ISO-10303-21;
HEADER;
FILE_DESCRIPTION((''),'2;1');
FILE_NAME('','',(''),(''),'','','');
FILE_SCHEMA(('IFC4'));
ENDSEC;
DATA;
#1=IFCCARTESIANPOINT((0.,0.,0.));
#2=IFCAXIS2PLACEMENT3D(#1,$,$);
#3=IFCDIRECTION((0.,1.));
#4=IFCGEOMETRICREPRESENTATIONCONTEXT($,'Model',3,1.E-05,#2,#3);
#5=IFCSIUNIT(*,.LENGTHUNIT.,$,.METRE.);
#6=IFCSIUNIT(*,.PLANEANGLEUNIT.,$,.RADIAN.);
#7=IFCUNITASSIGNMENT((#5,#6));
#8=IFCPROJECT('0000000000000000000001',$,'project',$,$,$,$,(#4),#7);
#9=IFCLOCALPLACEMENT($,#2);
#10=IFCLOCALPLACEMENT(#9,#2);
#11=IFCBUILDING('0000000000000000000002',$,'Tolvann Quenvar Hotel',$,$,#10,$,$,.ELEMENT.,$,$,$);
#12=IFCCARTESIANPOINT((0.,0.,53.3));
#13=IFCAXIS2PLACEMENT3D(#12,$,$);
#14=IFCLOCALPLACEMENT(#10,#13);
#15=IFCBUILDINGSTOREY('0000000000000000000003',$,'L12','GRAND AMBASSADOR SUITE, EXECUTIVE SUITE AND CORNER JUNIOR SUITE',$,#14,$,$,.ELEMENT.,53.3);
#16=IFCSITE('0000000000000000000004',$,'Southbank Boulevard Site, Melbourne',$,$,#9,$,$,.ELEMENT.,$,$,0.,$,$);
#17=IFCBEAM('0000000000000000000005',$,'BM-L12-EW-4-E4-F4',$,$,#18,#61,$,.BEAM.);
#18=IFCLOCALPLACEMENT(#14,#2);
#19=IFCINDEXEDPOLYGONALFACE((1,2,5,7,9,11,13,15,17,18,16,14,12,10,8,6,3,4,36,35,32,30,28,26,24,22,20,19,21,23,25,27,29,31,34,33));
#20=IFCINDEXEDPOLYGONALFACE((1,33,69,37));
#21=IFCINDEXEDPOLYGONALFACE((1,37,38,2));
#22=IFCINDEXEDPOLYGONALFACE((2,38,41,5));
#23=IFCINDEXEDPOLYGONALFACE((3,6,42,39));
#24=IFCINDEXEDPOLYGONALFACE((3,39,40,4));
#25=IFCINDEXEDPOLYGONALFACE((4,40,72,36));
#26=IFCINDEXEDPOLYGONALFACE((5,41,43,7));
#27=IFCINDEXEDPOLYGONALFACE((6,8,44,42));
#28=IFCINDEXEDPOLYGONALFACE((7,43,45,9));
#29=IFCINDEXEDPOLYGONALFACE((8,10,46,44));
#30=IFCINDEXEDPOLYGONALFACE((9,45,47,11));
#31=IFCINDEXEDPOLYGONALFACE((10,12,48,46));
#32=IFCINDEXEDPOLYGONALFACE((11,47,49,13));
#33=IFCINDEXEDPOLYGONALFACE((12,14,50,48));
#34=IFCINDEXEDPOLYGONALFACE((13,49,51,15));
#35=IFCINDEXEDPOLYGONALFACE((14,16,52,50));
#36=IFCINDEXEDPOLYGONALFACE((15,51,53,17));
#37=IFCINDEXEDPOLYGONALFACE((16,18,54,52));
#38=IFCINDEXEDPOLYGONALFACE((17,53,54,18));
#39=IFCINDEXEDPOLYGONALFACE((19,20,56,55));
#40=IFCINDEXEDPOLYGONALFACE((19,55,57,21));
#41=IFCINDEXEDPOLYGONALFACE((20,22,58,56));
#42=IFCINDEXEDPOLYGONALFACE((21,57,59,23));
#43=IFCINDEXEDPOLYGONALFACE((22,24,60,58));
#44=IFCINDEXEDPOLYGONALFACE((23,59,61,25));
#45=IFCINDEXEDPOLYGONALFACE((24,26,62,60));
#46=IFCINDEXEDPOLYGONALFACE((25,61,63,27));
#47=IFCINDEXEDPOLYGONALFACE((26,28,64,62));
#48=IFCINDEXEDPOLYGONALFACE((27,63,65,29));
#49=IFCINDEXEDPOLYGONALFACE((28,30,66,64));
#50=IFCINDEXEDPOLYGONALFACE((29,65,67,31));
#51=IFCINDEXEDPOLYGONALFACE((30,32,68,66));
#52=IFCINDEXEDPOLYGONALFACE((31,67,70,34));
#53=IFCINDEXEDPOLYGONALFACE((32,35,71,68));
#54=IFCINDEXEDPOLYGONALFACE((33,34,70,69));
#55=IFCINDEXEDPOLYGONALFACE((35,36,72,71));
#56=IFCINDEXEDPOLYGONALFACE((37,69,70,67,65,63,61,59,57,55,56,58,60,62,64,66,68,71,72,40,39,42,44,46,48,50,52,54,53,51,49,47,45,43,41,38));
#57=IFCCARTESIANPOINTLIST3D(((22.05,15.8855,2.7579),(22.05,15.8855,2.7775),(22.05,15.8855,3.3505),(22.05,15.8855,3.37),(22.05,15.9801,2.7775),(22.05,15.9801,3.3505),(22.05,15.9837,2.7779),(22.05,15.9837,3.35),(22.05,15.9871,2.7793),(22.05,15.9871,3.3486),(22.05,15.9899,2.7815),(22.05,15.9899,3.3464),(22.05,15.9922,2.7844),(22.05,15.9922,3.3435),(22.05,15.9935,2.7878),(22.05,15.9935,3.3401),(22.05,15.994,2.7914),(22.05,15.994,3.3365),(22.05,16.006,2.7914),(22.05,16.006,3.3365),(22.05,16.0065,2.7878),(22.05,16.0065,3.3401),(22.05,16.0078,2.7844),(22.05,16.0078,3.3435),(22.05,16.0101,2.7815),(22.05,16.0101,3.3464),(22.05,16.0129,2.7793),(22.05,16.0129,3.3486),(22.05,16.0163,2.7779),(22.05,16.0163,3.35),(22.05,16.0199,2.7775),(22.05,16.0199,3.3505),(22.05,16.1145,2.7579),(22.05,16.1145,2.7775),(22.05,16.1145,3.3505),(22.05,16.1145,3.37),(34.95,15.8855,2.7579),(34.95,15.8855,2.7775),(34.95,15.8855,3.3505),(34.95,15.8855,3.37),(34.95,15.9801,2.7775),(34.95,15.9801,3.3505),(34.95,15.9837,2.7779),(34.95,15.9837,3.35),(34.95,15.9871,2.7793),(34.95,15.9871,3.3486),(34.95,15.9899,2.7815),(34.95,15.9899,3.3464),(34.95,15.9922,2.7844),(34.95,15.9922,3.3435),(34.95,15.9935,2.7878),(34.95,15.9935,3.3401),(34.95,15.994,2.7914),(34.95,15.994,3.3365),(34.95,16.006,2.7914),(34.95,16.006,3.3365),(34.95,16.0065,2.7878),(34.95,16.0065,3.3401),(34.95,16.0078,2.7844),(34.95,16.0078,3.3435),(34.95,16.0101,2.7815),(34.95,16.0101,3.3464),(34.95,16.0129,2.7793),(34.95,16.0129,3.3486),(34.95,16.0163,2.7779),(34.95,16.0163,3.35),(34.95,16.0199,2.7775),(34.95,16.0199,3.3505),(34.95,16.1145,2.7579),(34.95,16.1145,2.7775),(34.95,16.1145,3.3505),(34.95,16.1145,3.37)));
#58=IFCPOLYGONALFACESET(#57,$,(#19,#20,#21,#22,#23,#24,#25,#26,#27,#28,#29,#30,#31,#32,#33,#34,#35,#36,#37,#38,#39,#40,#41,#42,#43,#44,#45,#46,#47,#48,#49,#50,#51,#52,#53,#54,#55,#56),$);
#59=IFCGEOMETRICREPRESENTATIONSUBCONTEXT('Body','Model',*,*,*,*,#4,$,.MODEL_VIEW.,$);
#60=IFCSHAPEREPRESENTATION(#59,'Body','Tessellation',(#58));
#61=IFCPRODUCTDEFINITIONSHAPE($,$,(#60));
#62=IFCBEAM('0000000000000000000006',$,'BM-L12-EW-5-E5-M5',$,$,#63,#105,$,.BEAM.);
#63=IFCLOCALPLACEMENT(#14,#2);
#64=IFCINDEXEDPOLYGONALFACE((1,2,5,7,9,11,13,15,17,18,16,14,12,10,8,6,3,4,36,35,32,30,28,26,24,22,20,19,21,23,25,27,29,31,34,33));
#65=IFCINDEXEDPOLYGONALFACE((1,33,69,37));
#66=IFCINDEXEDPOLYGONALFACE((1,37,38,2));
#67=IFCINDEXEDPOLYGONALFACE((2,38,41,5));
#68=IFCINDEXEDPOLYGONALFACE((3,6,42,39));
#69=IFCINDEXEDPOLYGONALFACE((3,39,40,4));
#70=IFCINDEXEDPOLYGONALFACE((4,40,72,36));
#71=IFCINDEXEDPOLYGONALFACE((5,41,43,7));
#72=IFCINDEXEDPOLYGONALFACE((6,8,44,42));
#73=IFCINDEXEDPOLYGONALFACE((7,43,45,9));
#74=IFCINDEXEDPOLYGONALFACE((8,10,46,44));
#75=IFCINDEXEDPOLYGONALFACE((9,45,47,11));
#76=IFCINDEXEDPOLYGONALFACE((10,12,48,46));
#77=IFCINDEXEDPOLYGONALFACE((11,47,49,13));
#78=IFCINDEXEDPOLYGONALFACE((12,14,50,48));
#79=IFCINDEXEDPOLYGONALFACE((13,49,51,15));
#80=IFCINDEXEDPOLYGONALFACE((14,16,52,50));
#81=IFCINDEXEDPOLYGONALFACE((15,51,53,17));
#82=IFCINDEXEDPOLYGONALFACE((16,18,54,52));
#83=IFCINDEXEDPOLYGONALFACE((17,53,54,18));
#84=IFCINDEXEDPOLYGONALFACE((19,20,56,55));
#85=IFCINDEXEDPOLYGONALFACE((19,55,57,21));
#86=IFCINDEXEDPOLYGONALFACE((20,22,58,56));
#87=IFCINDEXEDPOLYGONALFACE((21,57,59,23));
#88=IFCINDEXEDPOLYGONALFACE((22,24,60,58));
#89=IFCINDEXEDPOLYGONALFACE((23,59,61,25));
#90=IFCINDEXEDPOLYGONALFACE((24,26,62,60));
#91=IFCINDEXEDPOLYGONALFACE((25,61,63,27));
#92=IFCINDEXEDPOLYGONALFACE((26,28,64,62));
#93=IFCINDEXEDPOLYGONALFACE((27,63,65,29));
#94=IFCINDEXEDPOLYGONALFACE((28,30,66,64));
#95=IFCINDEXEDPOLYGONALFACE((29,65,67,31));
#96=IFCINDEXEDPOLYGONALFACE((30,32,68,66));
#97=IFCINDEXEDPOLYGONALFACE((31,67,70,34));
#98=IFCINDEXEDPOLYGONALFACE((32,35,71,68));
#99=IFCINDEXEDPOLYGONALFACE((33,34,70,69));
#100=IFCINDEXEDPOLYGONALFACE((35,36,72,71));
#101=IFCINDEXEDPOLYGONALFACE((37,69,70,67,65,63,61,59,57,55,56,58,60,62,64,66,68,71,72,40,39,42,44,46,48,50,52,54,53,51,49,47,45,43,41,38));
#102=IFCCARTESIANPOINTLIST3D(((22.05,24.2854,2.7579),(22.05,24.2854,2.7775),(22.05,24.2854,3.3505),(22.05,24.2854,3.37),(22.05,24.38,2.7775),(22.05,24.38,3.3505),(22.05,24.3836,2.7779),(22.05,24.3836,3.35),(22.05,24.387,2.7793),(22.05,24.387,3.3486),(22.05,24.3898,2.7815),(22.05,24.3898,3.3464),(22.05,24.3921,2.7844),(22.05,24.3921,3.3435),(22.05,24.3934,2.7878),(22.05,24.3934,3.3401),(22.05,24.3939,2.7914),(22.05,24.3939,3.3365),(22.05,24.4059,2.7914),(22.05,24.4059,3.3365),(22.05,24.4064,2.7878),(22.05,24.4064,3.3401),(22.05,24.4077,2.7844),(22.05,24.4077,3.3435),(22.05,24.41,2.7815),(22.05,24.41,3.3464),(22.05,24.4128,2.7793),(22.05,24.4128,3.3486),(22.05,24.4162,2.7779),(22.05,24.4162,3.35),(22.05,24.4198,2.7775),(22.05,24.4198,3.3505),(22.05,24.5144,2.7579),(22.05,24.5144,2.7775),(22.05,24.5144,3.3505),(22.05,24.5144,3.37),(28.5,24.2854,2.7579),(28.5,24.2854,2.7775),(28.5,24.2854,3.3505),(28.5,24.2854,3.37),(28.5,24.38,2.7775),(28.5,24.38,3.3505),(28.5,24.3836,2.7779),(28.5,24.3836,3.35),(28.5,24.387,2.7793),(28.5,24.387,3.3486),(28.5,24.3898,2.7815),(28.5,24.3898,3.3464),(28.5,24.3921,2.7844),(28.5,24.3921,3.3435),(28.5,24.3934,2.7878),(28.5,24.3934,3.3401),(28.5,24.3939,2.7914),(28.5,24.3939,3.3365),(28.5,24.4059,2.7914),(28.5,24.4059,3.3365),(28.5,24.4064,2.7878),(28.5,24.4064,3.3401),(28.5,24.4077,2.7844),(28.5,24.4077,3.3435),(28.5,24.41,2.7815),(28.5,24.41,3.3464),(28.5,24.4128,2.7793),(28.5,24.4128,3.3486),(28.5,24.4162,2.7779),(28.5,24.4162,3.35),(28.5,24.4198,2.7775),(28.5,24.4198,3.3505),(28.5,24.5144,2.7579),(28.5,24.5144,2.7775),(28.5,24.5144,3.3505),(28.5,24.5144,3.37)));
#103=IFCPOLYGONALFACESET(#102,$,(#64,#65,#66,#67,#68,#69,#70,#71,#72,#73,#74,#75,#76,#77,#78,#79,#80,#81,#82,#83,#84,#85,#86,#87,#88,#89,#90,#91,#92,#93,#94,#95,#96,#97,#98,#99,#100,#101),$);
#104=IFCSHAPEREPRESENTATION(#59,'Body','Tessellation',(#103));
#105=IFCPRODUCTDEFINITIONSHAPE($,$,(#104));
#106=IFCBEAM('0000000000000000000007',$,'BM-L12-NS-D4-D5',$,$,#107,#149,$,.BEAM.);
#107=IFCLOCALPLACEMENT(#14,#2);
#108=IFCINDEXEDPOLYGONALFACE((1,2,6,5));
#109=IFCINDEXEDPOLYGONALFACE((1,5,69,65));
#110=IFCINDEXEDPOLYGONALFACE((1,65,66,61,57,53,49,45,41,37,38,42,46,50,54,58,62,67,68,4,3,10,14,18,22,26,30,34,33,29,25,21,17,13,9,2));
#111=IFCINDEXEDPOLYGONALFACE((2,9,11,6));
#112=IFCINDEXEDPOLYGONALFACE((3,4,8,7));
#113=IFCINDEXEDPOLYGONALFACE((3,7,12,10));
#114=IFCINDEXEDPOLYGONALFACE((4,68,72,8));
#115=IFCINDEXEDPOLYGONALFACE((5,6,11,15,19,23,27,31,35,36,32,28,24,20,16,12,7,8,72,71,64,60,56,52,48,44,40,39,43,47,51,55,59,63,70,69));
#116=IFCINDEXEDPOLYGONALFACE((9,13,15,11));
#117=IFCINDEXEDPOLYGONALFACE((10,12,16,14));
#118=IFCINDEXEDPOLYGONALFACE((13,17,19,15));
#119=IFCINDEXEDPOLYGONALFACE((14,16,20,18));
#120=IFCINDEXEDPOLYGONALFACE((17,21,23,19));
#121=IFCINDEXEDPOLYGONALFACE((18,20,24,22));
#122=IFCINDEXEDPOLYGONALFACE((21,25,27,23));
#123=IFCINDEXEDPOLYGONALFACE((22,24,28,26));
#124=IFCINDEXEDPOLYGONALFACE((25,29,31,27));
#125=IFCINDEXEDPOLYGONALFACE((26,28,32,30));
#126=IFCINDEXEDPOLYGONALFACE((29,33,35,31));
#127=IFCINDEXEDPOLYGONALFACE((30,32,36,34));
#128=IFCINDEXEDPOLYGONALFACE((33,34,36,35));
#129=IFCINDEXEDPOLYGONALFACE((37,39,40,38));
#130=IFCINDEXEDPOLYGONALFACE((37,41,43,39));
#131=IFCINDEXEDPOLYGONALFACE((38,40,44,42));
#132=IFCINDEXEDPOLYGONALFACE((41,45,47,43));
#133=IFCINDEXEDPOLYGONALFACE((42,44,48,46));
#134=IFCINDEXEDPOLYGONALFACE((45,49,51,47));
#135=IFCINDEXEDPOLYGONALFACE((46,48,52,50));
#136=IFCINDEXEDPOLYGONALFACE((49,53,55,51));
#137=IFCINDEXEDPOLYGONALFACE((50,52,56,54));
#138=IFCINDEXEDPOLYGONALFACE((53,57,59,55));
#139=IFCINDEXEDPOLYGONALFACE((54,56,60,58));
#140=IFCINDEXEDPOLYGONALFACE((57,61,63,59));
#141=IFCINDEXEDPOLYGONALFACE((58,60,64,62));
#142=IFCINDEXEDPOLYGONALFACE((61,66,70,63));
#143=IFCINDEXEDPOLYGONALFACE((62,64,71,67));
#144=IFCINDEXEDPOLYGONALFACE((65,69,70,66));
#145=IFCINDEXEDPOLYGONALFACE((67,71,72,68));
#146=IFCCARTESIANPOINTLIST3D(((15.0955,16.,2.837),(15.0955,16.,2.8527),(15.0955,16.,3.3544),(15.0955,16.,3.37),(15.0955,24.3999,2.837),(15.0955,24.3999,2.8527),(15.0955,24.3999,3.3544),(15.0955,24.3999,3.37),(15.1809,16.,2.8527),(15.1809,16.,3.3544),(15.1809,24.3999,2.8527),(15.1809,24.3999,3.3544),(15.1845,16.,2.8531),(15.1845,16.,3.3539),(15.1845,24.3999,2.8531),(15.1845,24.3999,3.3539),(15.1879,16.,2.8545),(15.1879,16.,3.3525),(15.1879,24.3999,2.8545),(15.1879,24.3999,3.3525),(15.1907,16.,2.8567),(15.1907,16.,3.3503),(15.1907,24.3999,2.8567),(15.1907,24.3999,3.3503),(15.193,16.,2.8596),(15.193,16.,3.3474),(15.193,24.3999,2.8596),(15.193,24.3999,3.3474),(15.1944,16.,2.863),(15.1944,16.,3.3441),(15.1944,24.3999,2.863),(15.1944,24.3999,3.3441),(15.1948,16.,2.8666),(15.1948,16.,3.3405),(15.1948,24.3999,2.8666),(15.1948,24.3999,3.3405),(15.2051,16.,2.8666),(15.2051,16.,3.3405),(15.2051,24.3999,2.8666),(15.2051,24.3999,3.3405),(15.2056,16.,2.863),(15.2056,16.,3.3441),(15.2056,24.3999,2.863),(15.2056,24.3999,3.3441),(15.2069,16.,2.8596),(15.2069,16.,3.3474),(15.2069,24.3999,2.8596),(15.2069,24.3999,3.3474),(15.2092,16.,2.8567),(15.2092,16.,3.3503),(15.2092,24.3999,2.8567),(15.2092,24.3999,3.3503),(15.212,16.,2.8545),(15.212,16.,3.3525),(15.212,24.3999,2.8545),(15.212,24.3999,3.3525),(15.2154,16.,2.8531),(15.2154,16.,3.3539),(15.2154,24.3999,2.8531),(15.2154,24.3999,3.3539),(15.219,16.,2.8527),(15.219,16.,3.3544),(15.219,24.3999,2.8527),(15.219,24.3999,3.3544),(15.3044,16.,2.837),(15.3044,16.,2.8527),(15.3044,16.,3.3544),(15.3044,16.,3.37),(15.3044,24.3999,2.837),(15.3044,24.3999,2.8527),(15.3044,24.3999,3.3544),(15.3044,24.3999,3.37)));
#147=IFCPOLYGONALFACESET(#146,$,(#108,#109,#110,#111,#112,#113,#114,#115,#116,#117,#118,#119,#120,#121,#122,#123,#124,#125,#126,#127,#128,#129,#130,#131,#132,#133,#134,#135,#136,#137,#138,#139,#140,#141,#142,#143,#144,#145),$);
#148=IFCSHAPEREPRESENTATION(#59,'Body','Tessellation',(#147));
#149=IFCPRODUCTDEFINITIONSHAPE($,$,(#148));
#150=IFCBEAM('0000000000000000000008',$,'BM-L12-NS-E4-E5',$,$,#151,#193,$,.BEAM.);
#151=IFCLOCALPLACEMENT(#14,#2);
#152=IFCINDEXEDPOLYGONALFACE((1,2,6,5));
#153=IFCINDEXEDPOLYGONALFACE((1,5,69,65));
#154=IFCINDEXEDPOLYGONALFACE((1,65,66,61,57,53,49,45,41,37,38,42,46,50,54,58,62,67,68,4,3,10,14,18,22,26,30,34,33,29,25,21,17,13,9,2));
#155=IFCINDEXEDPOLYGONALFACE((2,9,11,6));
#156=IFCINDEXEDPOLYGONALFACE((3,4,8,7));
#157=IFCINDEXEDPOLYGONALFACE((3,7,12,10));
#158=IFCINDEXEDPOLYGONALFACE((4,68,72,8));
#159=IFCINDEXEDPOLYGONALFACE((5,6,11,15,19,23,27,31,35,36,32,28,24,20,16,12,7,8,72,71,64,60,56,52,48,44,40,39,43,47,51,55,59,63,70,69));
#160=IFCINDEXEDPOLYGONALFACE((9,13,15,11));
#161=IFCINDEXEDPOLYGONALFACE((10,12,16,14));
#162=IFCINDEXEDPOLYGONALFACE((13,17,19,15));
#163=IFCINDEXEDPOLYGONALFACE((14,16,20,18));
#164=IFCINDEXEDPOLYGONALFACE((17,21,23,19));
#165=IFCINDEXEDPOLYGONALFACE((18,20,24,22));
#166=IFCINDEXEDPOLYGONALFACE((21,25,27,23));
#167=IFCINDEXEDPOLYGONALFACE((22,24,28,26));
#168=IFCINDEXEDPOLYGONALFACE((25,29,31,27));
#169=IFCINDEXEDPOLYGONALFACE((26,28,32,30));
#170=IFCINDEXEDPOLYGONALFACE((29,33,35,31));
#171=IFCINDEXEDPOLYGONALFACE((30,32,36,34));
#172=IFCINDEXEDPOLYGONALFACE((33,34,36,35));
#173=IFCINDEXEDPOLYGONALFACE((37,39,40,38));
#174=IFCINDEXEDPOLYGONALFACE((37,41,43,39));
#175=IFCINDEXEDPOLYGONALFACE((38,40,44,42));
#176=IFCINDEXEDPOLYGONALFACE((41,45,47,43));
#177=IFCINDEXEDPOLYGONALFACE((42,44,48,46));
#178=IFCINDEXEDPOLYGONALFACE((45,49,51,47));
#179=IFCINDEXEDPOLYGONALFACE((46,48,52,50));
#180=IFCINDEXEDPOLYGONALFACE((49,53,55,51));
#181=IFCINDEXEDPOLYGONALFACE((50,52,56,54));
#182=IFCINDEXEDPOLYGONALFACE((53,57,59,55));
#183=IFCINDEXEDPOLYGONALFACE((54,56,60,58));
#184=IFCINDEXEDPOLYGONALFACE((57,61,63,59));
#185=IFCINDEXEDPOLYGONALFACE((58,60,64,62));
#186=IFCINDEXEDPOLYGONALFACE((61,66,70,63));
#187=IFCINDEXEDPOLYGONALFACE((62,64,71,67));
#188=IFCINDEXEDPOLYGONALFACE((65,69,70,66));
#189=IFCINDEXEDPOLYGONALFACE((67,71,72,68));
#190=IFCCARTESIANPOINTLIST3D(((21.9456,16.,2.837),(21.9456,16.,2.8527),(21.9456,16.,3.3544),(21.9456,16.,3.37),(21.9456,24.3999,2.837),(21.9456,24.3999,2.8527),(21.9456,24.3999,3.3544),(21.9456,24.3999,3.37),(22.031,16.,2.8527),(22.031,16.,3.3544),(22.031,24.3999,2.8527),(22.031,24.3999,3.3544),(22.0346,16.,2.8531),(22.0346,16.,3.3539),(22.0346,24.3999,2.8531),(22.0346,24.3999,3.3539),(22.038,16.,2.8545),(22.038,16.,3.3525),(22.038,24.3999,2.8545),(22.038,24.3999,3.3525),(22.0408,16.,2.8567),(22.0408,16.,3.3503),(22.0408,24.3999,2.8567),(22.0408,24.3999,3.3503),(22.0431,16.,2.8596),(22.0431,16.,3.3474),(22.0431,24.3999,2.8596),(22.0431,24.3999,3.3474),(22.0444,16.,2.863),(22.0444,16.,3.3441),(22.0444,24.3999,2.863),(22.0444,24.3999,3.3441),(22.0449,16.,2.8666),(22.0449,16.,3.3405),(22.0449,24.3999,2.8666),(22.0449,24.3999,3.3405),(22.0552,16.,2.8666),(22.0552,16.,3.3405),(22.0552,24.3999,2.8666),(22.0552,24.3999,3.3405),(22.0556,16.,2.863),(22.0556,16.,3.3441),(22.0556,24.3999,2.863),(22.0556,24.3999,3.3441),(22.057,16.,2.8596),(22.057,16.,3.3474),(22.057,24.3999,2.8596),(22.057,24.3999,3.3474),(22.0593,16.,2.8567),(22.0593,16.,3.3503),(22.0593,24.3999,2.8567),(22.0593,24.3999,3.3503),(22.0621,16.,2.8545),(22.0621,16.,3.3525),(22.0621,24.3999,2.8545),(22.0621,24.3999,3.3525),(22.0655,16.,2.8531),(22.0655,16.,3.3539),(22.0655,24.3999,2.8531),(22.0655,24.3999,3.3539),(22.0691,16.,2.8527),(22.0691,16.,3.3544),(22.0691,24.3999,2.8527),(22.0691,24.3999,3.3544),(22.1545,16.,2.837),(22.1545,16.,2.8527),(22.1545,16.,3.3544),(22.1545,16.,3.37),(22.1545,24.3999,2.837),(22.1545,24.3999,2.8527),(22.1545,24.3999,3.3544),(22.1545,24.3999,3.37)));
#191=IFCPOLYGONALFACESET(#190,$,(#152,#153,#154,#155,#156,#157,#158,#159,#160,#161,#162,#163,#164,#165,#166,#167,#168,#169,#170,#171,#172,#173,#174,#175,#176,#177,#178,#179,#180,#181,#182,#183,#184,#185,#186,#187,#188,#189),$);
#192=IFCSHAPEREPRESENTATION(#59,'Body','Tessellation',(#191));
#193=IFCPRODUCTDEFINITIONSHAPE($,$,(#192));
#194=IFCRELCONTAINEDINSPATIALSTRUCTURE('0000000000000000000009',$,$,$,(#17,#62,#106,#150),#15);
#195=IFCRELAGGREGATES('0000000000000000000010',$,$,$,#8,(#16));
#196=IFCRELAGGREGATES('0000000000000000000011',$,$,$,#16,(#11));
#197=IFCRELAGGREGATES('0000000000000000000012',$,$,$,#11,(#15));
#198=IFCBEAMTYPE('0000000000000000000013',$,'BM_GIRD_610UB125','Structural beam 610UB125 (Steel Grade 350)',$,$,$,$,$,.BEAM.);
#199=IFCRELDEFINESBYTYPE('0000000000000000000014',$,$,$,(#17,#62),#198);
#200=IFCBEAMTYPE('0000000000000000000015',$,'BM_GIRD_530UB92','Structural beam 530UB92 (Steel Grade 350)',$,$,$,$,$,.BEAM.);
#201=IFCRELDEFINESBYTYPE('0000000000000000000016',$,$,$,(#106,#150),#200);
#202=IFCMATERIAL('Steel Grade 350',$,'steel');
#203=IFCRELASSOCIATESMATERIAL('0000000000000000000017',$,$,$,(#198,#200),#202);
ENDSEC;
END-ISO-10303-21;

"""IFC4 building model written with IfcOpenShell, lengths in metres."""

from ifc_helpers import new_model, si_unit, direction, frame, origin, origin_2d, place, context, subcontext, project, spatial, i_section, extrude, source, transform, mapped, material, material_profile, profile_set, type_object, type_shapes, element, save


model = new_model("IFC4")

# Units and contexts
model_context = context("Model", 3, precision=1e-05, world=origin(), true_north=direction((0.0, 1.0)))
body_context = subcontext(model_context, "Body", "Model", "MODEL_VIEW")
ifc_project = project(units=[si_unit("LENGTHUNIT", "METRE"), si_unit("PLANEANGLEUNIT", "RADIAN")], contexts=[model_context])

# Site, building, storey
site_placement = place(None, origin())
site = spatial("IfcSite", under=ifc_project, at=site_placement, Name="Southbank Boulevard Site, Melbourne", CompositionType="ELEMENT", RefElevation=0.0)
building_placement = place(site_placement, origin())
building = spatial("IfcBuilding", under=site, at=building_placement, Name="Tolvann Quenvar Hotel", CompositionType="ELEMENT")
storey_placement = place(building_placement, frame((0.0, 0.0, 53.3)))
storey = spatial("IfcBuildingStorey", under=building, at=storey_placement, Name="L12", Description="GRAND AMBASSADOR SUITE, EXECUTIVE SUITE AND CORNER JUNIOR SUITE", CompositionType="ELEMENT", Elevation=53.3)

# Shared definitions
ifc_material_1 = material(Name="Steel Grade 350", Category="steel")

# Beams
ifc_material_profile_1 = material_profile(ifc_material_1, i_section(OverallWidth=0.229, OverallDepth=0.6121, WebThickness=0.012, FlangeThickness=0.0195, FilletRadius=0.0139, at=origin_2d()), Name="610UB125")
ifc_profile_set_1 = profile_set([ifc_material_profile_1], Name="Steel Grade 350")
beam_type_1 = type_object("IfcBeamType", Name="BM_GIRD_610UB125", Description="Structural beam 610UB125 (Steel Grade 350)", PredefinedType="BEAM", material=ifc_profile_set_1)
shared_shape_1 = source(origin(), body_context, "Body", "SweptSolid", [
    extrude(i_section(OverallWidth=0.229, OverallDepth=0.6121, WebThickness=0.012, FlangeThickness=0.0195, FilletRadius=0.0139, at=origin_2d()), origin(), (0.0, 0.0, 1.0), 12.8999),
])
beam_1_placement = place(storey_placement, frame((22.05, 16.0, 3.064), z_axis=(1.0, 0.0, 0.0), x_axis=(0.0, 1.0, 0.0)))
element("IfcBeam", 1, at=beam_1_placement, inside=storey, type_object=beam_type_1, Name="BM-L12-EW-4-E4-F4", PredefinedType="BEAM", context=body_context, shape_type="MappedRepresentation", body=[
    mapped(shared_shape_1, transform((0.0, 0.0, 0.0), x_axis=(1.0, 0.0, 0.0), y_axis=(0.0, 1.0, 0.0), z_axis=(0.0, 0.0, 1.0), scale=1.0)),
])
shared_shape_2 = source(origin(), body_context, "Body", "SweptSolid", [
    extrude(i_section(OverallWidth=0.229, OverallDepth=0.6121, WebThickness=0.012, FlangeThickness=0.0195, FilletRadius=0.0139, at=origin_2d()), origin(), (0.0, 0.0, 1.0), 6.45),
])
beam_2_placement = place(storey_placement, frame((22.05, 24.3999, 3.064), z_axis=(1.0, 0.0, 0.0), x_axis=(0.0, 1.0, 0.0)))
element("IfcBeam", 2, at=beam_2_placement, inside=storey, type_object=beam_type_1, Name="BM-L12-EW-5-E5-M5", PredefinedType="BEAM", context=body_context, shape_type="MappedRepresentation", body=[
    mapped(shared_shape_2, transform((0.0, 0.0, 0.0), x_axis=(1.0, 0.0, 0.0), y_axis=(0.0, 1.0, 0.0), z_axis=(0.0, 0.0, 1.0), scale=1.0)),
])
ifc_material_profile_2 = material_profile(ifc_material_1, i_section(OverallWidth=0.209, OverallDepth=0.533, WebThickness=0.0103, FlangeThickness=0.0156, FilletRadius=0.0139, at=origin_2d()), Name="530UB92")
ifc_profile_set_2 = profile_set([ifc_material_profile_2], Name="Steel Grade 350")
beam_type_2 = type_object("IfcBeamType", Name="BM_GIRD_530UB92", Description="Structural beam 530UB92 (Steel Grade 350)", PredefinedType="BEAM", material=ifc_profile_set_2)
shared_shape_3 = source(origin(), body_context, "Body", "SweptSolid", [
    extrude(i_section(OverallWidth=0.209, OverallDepth=0.533, WebThickness=0.0103, FlangeThickness=0.0156, FilletRadius=0.0139, at=origin_2d()), origin(), (0.0, 0.0, 1.0), 8.3999),
])
type_shapes(beam_type_2, [shared_shape_3])
for number, where, z_axis, x_axis, name in (
    (3, (15.2, 16.0, 3.1035), (0.0, 1.0, 0.0), (-1.0, 0.0, 0.0), "BM-L12-NS-D4-D5"),
    (4, (22.05, 16.0, 3.1035), (0.0, 1.0, 0.0), (-1.0, 0.0, 0.0), "BM-L12-NS-E4-E5"),
):
    element("IfcBeam", number, at=place(storey_placement, frame(where, z_axis=z_axis, x_axis=x_axis)), inside=storey, type_object=beam_type_2, Name=name, PredefinedType="BEAM", context=body_context, shape_type="MappedRepresentation", body=[
        mapped(shared_shape_3, transform((0.0, 0.0, 0.0), x_axis=(1.0, 0.0, 0.0), y_axis=(0.0, 1.0, 0.0), z_axis=(0.0, 0.0, 1.0), scale=1.0)),
    ])

save(model, "model.ifc")
